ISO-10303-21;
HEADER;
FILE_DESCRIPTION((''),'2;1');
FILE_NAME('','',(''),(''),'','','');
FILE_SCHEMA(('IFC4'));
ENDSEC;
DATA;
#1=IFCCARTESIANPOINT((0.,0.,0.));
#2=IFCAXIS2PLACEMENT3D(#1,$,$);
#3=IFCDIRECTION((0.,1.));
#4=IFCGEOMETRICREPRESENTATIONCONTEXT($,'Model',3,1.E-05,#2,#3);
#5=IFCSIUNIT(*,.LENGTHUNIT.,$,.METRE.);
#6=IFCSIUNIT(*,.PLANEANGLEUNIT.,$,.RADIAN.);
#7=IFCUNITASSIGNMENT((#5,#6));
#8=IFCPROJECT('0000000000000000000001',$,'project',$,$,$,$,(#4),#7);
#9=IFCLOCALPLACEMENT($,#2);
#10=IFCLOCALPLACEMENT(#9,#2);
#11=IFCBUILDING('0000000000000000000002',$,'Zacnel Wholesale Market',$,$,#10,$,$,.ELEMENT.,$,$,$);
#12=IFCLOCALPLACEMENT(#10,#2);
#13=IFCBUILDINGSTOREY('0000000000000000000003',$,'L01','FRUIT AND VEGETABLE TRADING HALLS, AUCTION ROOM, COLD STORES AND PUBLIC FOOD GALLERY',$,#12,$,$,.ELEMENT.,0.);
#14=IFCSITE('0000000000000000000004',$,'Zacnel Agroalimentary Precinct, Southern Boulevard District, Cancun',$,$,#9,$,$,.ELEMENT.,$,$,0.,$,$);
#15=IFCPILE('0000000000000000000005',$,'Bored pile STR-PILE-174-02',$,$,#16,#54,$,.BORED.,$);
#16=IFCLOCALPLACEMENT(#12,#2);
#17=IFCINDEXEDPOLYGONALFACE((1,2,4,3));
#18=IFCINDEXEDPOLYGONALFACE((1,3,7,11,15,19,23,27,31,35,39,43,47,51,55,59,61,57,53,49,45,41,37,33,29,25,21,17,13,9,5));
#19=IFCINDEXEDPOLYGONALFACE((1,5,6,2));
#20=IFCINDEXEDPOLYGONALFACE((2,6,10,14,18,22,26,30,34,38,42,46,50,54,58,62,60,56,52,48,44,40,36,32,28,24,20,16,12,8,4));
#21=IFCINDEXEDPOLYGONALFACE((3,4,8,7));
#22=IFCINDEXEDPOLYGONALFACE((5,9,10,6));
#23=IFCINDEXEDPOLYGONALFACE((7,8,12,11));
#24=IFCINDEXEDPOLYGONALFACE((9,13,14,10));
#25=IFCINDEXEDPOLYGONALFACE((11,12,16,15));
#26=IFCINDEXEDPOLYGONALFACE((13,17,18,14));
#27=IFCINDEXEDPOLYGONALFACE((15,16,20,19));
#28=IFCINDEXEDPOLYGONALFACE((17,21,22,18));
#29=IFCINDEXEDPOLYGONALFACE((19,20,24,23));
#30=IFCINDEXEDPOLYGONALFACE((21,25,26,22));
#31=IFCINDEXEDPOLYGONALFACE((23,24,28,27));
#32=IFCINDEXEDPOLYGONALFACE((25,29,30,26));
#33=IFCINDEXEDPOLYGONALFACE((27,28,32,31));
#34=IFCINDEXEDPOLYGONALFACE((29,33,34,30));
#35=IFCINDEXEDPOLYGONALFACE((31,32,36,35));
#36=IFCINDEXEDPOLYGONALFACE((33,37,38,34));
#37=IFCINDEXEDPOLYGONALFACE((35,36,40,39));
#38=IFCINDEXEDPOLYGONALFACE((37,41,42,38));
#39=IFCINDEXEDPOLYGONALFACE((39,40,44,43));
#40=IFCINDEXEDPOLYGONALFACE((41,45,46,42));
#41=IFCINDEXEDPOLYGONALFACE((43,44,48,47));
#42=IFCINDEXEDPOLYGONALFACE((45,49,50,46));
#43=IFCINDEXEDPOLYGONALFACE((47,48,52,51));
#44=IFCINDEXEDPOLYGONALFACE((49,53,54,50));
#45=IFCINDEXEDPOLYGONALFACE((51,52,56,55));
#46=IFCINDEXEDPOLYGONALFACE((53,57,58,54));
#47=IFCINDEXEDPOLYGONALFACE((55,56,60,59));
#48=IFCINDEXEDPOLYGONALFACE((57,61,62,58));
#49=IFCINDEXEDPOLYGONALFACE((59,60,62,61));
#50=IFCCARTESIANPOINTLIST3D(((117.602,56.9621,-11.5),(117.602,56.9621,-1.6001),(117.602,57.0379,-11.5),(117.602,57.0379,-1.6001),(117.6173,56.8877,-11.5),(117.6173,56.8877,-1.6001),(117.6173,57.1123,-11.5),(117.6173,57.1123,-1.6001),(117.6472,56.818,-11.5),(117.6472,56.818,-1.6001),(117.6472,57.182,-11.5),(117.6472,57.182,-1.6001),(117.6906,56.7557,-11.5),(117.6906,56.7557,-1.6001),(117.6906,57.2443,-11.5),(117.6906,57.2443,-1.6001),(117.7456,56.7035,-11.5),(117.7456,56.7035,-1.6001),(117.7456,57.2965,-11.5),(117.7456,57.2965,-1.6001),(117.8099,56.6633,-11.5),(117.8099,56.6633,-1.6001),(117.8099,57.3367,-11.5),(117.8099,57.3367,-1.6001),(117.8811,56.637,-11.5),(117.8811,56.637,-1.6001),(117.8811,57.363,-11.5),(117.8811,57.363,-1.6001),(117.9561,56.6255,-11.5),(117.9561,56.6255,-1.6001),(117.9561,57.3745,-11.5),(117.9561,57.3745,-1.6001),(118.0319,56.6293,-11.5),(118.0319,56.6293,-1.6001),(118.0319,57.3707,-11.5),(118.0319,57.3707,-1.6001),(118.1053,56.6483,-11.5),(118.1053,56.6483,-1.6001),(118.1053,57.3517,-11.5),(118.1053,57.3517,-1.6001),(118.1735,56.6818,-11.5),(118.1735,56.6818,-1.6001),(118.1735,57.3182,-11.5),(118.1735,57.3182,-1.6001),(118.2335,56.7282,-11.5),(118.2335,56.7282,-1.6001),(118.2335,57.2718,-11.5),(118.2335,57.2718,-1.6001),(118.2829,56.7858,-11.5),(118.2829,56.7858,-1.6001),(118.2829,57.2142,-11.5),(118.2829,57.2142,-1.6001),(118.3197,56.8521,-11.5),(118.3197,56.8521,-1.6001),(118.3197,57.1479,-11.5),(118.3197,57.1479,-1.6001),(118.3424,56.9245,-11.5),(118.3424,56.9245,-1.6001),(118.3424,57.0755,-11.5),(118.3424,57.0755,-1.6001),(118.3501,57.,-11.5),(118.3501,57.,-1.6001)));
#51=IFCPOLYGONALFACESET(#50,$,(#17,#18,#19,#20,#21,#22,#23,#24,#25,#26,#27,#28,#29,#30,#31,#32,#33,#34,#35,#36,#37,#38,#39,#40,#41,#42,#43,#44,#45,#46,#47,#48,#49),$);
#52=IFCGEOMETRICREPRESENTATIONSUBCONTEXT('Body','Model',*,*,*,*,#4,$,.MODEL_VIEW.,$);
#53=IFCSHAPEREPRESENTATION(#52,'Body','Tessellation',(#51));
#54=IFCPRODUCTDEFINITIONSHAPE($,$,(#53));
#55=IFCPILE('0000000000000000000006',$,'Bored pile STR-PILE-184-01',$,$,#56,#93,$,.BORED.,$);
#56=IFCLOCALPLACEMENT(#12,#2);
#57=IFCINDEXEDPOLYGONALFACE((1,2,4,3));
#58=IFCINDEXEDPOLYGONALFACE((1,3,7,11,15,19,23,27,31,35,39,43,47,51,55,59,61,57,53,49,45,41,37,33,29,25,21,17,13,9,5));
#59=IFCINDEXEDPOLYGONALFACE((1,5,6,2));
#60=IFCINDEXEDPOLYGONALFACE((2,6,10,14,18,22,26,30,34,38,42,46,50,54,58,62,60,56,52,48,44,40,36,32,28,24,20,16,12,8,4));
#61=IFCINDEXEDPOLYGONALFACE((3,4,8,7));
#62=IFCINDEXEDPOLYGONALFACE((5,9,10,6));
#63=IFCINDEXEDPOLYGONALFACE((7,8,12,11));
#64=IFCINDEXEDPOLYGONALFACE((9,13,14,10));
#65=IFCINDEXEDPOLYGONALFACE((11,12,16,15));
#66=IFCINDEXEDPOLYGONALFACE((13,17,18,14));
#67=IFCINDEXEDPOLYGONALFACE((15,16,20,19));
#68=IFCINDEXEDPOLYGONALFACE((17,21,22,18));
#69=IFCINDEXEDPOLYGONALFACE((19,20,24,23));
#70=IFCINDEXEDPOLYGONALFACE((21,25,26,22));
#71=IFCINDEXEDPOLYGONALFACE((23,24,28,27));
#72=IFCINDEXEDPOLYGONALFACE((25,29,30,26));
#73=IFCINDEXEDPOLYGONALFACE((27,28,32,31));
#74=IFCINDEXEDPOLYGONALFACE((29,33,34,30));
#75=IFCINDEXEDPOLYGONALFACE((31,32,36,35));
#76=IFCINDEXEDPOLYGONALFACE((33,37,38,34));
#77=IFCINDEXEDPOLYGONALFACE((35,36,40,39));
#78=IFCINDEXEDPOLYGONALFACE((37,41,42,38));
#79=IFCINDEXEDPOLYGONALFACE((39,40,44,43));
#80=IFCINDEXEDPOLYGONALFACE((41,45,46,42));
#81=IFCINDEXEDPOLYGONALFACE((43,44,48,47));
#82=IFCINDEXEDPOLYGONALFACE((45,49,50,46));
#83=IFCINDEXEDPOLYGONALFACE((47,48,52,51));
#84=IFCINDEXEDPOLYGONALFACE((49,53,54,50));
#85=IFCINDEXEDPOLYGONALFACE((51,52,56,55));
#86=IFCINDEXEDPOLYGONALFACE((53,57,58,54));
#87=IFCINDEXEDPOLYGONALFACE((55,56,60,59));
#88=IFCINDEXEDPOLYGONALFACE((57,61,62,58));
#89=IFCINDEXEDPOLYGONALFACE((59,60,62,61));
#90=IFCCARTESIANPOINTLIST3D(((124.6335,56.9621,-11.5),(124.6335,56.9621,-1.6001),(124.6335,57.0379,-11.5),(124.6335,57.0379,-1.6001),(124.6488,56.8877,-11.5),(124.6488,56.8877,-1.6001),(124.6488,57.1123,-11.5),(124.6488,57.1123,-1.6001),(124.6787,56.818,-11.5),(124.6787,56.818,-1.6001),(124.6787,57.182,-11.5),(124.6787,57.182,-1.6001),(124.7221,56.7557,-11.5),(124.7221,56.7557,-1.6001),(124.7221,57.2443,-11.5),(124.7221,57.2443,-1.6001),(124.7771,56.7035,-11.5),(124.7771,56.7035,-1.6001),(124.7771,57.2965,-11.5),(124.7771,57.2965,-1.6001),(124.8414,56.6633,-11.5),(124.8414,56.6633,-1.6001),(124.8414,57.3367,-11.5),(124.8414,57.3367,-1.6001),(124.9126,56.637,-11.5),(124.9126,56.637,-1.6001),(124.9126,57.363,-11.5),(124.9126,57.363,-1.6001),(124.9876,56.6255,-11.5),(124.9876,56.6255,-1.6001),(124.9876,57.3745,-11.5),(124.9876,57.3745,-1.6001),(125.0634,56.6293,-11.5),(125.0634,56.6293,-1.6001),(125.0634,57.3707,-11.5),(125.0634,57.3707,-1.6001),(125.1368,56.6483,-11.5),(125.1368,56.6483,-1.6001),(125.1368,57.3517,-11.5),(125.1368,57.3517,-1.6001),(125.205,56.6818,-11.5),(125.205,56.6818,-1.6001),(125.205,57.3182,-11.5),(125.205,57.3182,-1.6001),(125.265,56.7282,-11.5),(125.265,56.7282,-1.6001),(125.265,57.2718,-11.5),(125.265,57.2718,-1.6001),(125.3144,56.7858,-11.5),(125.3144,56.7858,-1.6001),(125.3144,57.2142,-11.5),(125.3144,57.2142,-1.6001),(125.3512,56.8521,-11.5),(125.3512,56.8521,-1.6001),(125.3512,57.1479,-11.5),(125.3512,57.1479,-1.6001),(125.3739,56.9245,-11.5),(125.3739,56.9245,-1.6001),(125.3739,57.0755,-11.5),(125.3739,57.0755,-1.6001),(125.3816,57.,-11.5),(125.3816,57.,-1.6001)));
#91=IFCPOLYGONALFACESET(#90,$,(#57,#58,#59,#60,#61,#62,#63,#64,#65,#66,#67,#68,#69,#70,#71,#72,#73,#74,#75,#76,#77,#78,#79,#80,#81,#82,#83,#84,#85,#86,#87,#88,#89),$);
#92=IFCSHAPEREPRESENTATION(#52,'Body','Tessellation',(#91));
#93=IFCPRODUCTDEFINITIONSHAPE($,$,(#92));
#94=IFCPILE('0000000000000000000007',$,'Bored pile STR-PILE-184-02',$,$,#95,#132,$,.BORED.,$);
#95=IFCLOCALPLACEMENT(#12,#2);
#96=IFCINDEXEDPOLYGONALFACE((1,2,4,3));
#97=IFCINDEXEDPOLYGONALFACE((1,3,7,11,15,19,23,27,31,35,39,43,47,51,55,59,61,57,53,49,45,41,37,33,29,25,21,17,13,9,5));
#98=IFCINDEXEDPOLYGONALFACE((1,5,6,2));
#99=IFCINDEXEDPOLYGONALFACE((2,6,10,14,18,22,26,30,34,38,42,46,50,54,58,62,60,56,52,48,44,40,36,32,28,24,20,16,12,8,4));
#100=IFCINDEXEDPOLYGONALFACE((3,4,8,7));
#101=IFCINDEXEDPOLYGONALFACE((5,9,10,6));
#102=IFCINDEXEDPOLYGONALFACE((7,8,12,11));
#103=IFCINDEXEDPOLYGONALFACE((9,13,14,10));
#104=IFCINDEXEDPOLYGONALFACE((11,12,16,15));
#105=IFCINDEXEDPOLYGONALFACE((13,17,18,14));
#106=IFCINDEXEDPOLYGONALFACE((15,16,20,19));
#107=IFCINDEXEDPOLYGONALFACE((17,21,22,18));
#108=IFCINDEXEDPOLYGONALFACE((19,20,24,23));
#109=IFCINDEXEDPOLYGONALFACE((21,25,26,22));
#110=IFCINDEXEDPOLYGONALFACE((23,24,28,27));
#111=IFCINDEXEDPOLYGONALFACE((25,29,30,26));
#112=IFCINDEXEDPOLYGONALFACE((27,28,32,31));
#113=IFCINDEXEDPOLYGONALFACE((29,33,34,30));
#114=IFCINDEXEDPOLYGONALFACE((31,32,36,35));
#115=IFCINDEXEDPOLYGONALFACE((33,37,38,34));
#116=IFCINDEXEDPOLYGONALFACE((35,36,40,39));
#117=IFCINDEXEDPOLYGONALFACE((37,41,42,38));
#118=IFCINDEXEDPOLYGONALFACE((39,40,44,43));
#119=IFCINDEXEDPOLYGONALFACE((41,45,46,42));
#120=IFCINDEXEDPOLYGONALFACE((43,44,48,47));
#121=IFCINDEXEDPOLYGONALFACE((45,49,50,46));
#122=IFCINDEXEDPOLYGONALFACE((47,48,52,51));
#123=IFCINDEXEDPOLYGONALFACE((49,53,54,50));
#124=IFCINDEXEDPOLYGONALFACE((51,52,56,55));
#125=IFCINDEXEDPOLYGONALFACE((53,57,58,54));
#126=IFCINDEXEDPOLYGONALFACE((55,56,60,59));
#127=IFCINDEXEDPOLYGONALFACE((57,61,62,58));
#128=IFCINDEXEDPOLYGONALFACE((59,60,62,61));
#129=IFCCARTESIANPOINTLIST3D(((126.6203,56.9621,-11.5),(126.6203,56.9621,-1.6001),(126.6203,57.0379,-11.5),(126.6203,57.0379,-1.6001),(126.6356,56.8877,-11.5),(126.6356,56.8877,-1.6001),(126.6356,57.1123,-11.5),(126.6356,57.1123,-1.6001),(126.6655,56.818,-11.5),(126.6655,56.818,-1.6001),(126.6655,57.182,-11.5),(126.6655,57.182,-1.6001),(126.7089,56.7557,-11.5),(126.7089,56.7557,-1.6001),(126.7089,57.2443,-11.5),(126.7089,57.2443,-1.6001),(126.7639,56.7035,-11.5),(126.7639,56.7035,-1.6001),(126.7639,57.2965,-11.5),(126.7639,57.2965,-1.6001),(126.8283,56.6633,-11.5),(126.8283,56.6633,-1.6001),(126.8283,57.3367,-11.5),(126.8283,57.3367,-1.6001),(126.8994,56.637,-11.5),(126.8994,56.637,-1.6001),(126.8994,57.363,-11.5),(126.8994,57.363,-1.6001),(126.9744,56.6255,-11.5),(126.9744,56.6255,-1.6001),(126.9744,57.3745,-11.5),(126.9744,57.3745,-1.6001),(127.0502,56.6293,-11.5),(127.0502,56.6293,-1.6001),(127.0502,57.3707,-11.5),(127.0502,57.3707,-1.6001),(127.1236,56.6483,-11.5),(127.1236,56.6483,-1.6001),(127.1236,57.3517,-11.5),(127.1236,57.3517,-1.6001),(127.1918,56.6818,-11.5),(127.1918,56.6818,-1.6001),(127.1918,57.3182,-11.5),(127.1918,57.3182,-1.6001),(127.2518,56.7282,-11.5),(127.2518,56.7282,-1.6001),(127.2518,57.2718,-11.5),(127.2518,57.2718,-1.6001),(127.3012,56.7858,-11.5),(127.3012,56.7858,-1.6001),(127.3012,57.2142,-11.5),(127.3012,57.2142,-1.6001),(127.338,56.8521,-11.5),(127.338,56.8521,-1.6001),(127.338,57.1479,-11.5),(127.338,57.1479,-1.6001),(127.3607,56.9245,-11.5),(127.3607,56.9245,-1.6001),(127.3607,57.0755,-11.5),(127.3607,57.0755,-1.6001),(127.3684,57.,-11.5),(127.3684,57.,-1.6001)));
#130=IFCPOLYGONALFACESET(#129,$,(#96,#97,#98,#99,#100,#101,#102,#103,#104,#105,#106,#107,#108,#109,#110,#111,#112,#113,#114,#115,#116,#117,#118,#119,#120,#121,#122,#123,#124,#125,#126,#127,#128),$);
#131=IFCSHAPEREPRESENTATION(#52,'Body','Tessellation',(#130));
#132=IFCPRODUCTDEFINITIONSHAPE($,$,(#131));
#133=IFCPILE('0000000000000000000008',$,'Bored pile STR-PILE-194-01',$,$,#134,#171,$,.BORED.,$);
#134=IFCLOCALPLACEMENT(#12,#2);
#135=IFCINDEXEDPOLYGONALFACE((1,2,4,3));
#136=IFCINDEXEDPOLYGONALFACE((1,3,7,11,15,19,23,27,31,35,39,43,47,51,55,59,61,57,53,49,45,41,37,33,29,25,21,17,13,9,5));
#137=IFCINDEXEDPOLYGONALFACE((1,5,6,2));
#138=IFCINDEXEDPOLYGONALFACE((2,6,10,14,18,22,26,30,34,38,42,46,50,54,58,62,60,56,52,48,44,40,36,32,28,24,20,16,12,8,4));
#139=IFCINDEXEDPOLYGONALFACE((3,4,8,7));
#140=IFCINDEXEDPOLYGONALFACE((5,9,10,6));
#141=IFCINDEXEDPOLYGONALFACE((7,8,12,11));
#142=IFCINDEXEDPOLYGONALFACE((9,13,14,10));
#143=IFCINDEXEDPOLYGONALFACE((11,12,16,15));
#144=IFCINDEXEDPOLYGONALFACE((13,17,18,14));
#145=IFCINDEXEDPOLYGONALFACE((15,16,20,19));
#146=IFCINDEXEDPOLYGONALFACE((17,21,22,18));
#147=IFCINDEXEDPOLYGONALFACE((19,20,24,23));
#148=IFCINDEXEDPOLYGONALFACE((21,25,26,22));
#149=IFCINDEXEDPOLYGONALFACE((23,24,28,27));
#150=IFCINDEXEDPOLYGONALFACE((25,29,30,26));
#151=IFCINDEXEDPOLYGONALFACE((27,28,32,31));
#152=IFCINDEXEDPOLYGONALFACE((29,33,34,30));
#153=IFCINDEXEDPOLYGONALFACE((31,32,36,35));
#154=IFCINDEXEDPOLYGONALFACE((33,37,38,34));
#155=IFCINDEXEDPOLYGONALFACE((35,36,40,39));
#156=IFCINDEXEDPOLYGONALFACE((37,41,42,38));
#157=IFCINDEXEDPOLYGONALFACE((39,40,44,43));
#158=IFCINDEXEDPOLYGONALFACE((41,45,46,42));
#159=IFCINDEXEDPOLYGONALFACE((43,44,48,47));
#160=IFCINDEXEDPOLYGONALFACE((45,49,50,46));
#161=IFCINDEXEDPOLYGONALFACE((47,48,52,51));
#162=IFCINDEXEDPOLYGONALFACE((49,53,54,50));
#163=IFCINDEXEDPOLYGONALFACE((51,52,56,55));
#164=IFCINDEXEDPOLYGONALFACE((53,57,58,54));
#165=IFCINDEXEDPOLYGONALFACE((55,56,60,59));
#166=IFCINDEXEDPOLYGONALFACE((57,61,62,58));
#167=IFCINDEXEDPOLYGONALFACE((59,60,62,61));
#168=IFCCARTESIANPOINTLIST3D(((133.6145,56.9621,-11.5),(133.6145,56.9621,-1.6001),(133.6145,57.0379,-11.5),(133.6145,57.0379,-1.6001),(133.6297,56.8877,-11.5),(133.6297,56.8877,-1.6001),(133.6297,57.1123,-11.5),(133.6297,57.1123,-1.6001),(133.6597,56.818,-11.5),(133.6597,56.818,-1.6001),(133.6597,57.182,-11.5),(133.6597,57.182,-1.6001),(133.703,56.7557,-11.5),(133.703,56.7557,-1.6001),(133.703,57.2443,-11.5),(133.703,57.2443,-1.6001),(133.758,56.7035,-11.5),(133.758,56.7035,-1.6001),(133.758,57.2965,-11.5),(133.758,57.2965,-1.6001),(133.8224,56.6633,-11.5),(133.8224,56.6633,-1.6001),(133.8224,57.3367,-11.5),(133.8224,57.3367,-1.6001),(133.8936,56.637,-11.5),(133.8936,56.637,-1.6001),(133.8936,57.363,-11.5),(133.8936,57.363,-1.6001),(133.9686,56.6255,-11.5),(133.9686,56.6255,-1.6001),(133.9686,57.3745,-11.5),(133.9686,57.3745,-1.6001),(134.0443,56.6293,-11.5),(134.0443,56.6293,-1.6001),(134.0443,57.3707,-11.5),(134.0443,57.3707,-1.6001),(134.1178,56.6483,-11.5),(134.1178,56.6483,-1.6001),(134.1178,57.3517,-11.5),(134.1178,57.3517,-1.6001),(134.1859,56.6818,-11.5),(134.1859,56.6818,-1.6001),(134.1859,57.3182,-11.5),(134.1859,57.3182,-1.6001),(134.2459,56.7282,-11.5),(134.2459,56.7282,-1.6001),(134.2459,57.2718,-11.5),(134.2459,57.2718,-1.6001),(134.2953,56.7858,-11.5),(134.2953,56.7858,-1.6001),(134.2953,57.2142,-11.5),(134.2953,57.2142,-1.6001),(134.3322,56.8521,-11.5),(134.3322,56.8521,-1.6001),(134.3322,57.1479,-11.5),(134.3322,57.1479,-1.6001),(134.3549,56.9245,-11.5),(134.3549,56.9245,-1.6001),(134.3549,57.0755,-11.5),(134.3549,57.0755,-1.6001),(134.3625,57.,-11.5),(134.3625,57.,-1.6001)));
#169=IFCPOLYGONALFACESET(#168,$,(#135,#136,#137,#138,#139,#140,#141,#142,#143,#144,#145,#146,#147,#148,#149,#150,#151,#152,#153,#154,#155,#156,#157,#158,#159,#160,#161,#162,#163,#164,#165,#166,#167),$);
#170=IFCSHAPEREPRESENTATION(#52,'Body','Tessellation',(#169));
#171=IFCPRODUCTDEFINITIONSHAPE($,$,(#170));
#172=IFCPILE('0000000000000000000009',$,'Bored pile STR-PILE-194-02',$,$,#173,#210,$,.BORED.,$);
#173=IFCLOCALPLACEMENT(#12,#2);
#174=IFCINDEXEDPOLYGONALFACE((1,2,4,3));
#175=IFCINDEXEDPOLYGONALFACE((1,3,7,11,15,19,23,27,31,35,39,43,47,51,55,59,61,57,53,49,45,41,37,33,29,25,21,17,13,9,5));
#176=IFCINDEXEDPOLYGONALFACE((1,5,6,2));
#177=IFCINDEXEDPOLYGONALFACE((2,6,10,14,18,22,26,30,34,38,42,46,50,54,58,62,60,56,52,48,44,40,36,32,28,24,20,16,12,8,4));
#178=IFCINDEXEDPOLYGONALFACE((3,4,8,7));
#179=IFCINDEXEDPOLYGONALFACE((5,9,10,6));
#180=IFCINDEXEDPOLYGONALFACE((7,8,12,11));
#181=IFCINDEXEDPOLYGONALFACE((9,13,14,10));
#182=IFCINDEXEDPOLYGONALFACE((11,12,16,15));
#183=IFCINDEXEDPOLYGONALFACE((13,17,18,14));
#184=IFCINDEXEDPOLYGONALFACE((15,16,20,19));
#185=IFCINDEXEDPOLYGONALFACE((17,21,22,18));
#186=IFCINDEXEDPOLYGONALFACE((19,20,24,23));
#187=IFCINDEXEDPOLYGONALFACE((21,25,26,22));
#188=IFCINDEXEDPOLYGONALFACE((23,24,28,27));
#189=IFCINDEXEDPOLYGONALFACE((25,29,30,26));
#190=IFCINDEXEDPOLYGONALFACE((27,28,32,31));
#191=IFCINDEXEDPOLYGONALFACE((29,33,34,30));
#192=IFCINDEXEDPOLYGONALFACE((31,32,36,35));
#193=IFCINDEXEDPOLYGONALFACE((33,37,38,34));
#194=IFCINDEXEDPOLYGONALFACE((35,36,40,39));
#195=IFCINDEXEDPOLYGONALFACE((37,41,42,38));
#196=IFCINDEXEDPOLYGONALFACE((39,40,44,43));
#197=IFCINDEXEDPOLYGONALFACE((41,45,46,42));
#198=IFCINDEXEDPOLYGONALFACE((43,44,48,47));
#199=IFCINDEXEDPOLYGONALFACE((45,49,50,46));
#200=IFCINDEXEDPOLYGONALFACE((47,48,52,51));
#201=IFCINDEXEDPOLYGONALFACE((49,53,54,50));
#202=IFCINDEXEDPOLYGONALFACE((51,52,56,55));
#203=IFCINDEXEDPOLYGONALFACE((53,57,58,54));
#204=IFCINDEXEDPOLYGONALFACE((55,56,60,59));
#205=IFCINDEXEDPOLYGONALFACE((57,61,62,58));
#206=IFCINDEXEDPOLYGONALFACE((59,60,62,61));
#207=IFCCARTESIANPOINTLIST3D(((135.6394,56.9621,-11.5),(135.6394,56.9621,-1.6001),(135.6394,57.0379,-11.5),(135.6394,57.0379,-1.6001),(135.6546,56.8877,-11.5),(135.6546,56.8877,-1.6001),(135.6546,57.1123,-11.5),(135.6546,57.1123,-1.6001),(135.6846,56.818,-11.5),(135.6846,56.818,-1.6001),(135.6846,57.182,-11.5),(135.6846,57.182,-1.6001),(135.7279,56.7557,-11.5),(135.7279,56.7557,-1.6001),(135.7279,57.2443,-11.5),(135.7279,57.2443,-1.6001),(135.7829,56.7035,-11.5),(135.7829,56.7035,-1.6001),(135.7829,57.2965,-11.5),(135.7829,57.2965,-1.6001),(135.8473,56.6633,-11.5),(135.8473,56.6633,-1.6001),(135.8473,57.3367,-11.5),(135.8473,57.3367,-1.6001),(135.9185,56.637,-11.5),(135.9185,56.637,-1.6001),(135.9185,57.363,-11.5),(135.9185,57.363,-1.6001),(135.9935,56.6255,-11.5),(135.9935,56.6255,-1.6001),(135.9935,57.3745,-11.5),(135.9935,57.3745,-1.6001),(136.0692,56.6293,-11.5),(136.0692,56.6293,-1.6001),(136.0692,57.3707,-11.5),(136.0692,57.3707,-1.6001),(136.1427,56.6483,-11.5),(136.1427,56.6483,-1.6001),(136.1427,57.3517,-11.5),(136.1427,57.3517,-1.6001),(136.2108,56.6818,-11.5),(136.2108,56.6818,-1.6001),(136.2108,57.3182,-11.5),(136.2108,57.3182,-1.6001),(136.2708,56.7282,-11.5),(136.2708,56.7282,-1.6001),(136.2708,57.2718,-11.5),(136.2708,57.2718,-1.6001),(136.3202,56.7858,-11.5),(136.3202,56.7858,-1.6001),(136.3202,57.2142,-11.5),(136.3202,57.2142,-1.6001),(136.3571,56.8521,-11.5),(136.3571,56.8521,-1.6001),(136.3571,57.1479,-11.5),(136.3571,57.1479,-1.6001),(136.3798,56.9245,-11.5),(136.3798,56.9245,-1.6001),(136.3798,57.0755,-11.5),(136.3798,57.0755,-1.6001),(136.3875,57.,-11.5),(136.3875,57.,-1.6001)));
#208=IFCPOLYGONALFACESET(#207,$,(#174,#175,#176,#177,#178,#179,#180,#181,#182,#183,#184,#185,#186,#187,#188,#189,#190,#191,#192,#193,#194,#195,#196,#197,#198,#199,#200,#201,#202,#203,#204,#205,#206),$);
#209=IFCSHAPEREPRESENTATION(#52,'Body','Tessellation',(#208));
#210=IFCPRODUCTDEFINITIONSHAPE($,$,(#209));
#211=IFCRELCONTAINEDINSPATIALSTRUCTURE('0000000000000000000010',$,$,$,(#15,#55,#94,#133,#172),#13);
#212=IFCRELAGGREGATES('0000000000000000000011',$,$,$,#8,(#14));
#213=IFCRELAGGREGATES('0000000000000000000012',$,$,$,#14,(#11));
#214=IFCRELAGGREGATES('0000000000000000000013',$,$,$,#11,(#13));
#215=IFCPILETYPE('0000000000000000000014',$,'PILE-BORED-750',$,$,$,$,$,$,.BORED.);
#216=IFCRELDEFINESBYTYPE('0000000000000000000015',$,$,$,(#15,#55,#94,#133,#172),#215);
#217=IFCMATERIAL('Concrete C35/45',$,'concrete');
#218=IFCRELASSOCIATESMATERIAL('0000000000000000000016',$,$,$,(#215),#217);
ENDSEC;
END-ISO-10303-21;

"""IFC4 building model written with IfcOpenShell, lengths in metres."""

from ifc_helpers import new_model, si_unit, direction, frame, origin, origin_2d, place, context, subcontext, project, spatial, circle, extrude, material, material_profile, profile_set, type_object, element, save


model = new_model("IFC4")

# Units and contexts
model_context = context("Model", 3, precision=1e-05, world=origin(), true_north=direction((0.0, 1.0)))
body_context = subcontext(model_context, "Body", "Model", "MODEL_VIEW")
ifc_project = project(units=[si_unit("LENGTHUNIT", "METRE"), si_unit("PLANEANGLEUNIT", "RADIAN")], contexts=[model_context])

# Site, building, storey
site_placement = place(None, origin())
site = spatial("IfcSite", under=ifc_project, at=site_placement, Name="Zacnel Agroalimentary Precinct, Southern Boulevard District, Cancun", CompositionType="ELEMENT", RefElevation=0.0)
building_placement = place(site_placement, origin())
building = spatial("IfcBuilding", under=site, at=building_placement, Name="Zacnel Wholesale Market", CompositionType="ELEMENT")
storey_placement = place(building_placement, origin())
storey = spatial("IfcBuildingStorey", under=building, at=storey_placement, Name="L01", Description="FRUIT AND VEGETABLE TRADING HALLS, AUCTION ROOM, COLD STORES AND PUBLIC FOOD GALLERY", CompositionType="ELEMENT", Elevation=0.0)

# Piles
ifc_material_1 = material(Name="Concrete C35/45", Category="concrete")
ifc_material_profile_1 = material_profile(ifc_material_1, circle(Radius=0.375, at=origin_2d()), Name="BORED PILE D750")
ifc_profile_set_1 = profile_set([ifc_material_profile_1], Name="Concrete C35/45")
pile_type_1 = type_object("IfcPileType", Name="PILE-BORED-750", PredefinedType="BORED", material=ifc_profile_set_1)
for number, where, z_axis, x_axis, name in (
    (1, (117.9751, 57.0, -1.6001), (0.0, 0.0, -1.0), (1.0, 0.0, 0.0), "Bored pile STR-PILE-174-02"),
    (2, (125.0066, 57.0, -1.6001), (0.0, 0.0, -1.0), (1.0, 0.0, 0.0), "Bored pile STR-PILE-184-01"),
    (3, (126.9934, 57.0, -1.6001), (0.0, 0.0, -1.0), (1.0, 0.0, 0.0), "Bored pile STR-PILE-184-02"),
    (4, (133.9875, 57.0, -1.6001), (0.0, 0.0, -1.0), (1.0, 0.0, 0.0), "Bored pile STR-PILE-194-01"),
    (5, (136.0125, 57.0, -1.6001), (0.0, 0.0, -1.0), (1.0, 0.0, 0.0), "Bored pile STR-PILE-194-02"),
):
    element("IfcPile", number, at=place(storey_placement, frame(where, z_axis=z_axis, x_axis=x_axis)), inside=storey, type_object=pile_type_1, Name=name, PredefinedType="BORED", context=body_context, shape_type="SweptSolid", body=[
        extrude(circle(Radius=0.375, at=origin_2d()), origin(), (0.0, 0.0, 1.0), 9.8999),
    ])

save(model, "model.ifc")
